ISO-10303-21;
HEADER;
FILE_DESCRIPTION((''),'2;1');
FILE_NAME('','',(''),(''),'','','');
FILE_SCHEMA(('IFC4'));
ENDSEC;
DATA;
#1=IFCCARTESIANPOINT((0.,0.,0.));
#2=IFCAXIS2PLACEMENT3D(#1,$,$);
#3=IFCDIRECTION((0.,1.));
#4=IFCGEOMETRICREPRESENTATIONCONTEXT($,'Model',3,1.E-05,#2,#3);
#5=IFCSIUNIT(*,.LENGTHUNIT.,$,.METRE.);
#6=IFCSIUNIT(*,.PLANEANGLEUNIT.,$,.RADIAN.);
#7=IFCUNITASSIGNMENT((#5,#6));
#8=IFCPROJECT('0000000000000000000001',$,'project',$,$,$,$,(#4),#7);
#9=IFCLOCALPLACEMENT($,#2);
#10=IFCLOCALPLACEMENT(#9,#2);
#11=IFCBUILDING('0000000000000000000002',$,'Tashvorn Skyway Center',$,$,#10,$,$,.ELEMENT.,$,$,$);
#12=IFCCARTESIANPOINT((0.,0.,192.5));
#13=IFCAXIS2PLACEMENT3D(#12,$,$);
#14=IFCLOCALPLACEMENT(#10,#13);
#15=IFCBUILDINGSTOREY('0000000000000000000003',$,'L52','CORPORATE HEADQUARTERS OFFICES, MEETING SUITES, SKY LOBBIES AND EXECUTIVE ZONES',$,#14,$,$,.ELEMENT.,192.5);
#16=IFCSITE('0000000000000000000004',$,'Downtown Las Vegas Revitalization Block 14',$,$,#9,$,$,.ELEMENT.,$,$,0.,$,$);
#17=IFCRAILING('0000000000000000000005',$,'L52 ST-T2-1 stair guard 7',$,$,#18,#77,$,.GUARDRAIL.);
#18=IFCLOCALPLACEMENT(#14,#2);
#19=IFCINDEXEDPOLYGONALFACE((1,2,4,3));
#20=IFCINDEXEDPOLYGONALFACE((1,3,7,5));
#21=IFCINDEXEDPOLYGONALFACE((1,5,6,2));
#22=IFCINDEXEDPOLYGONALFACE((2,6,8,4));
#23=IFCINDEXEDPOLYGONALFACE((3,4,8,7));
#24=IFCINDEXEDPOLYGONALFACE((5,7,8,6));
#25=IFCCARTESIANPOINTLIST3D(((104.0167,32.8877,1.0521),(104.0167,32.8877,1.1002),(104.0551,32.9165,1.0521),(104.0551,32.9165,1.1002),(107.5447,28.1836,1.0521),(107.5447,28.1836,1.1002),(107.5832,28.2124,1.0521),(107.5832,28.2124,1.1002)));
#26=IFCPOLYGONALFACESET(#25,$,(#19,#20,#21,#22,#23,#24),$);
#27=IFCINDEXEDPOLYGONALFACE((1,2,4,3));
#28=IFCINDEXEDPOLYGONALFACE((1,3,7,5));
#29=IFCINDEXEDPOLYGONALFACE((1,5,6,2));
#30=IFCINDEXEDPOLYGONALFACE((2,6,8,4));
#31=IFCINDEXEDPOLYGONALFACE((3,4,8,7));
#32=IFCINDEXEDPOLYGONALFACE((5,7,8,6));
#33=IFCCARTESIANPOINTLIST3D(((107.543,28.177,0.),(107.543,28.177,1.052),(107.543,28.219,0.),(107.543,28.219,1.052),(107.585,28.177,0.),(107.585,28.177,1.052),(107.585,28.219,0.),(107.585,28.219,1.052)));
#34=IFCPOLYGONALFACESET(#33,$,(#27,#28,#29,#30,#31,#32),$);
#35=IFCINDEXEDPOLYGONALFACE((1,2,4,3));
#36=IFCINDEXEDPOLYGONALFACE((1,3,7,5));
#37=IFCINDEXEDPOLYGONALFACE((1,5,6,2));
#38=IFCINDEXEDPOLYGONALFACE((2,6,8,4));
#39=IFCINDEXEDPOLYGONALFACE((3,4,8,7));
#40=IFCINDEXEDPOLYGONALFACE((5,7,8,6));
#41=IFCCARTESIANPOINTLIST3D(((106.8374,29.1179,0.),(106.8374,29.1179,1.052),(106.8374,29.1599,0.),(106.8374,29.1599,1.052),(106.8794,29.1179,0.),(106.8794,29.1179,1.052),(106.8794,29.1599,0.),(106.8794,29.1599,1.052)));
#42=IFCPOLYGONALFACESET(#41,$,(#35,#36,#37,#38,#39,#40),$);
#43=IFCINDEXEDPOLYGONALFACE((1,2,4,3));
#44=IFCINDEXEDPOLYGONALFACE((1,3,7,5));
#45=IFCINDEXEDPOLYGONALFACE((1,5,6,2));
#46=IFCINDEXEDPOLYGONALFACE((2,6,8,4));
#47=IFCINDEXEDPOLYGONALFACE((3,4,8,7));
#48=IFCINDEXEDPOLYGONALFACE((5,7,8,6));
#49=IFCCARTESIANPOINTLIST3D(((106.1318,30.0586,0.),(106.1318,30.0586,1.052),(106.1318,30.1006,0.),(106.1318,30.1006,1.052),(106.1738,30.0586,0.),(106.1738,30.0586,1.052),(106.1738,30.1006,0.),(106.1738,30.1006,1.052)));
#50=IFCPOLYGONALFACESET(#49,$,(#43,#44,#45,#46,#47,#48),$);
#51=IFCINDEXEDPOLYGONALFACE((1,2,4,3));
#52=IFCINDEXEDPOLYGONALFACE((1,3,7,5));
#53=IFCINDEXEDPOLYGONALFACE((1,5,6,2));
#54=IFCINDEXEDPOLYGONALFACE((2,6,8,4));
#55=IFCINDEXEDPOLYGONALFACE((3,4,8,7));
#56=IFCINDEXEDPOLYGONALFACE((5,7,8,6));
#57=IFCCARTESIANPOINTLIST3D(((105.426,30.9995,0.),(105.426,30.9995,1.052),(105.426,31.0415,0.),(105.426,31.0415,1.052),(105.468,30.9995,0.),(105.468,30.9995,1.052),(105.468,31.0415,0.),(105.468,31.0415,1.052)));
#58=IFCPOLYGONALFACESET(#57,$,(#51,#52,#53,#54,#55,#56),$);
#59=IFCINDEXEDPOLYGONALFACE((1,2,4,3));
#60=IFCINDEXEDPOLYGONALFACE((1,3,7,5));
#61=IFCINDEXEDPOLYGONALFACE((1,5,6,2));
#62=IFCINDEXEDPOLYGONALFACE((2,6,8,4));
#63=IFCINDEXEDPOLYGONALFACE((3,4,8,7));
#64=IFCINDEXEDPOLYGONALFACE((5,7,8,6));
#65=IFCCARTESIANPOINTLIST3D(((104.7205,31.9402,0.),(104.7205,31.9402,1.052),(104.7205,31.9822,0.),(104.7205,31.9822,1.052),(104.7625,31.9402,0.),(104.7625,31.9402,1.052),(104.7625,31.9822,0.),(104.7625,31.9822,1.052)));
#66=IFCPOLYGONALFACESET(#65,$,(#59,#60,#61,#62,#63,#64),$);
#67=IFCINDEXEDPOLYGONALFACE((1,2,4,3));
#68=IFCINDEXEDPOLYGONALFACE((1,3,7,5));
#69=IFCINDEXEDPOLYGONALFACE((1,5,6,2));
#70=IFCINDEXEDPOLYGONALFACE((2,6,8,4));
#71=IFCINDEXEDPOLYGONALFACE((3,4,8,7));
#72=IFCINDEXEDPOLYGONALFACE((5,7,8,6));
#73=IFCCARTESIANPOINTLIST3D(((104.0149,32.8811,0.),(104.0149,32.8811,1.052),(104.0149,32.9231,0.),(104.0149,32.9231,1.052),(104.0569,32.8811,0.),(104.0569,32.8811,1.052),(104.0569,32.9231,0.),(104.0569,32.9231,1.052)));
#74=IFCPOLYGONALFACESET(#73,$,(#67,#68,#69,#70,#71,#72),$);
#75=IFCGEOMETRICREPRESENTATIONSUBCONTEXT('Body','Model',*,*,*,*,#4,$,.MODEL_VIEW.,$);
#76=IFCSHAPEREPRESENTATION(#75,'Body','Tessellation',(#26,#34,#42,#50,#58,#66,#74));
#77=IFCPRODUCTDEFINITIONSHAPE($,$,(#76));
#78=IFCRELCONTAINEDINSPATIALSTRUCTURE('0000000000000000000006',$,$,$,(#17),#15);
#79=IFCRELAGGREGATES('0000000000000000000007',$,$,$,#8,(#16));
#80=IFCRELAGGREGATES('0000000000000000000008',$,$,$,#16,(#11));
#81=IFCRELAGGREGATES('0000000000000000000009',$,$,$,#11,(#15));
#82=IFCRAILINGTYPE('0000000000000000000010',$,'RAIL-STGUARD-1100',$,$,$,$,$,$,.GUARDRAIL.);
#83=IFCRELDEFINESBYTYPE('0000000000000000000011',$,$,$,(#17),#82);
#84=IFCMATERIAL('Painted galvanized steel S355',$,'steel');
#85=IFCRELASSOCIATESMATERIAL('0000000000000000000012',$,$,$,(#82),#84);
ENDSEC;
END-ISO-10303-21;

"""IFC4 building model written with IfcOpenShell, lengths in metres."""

from ifc_helpers import new_model, si_unit, direction, frame, origin, origin_2d, place, context, subcontext, project, spatial, rectangle, extrude, material, type_object, element, save


model = new_model("IFC4")

# Units and contexts
model_context = context("Model", 3, precision=1e-05, world=origin(), true_north=direction((0.0, 1.0)))
body_context = subcontext(model_context, "Body", "Model", "MODEL_VIEW")
ifc_project = project(units=[si_unit("LENGTHUNIT", "METRE"), si_unit("PLANEANGLEUNIT", "RADIAN")], contexts=[model_context])

# Site, building, storey
site_placement = place(None, origin())
site = spatial("IfcSite", under=ifc_project, at=site_placement, Name="Downtown Las Vegas Revitalization Block 14", CompositionType="ELEMENT", RefElevation=0.0)
building_placement = place(site_placement, origin())
building = spatial("IfcBuilding", under=site, at=building_placement, Name="Tashvorn Skyway Center", CompositionType="ELEMENT")
storey_placement = place(building_placement, frame((0.0, 0.0, 192.5)))
storey = spatial("IfcBuildingStorey", under=building, at=storey_placement, Name="L52", Description="CORPORATE HEADQUARTERS OFFICES, MEETING SUITES, SKY LOBBIES AND EXECUTIVE ZONES", CompositionType="ELEMENT", Elevation=192.5)

# Railing
ifc_material_1 = material(Name="Painted galvanized steel S355", Category="steel")
railing_type = type_object("IfcRailingType", Name="RAIL-STGUARD-1100", PredefinedType="GUARDRAIL", material=ifc_material_1)
railing_1_placement = place(storey_placement, frame((107.564, 28.198, 0.0)))
element("IfcRailing", 1, at=railing_1_placement, inside=storey, type_object=railing_type, Name="L52 ST-T2-1 stair guard 7", PredefinedType="GUARDRAIL", context=body_context, shape_type="SweptSolid", body=[
    extrude(rectangle(XDim=0.0481, YDim=0.0481, at=origin_2d()), frame((0.0, 0.0, 1.0762), z_axis=(-0.6, 0.8, 0.0), x_axis=(-0.8, -0.6, 0.0)), (0.0, 0.0, 1.0), 5.8801),
    extrude(rectangle(XDim=0.042, YDim=0.042, at=origin_2d()), origin(), (0.0, 0.0, 1.0), 1.052),
    extrude(rectangle(XDim=0.042, YDim=0.042, at=origin_2d()), frame((-0.7056, 0.9409, 0.0)), (0.0, 0.0, 1.0), 1.052),
    extrude(rectangle(XDim=0.042, YDim=0.042, at=origin_2d()), frame((-1.4111, 1.8816, 0.0)), (0.0, 0.0, 1.0), 1.052),
    extrude(rectangle(XDim=0.042, YDim=0.042, at=origin_2d()), frame((-2.1169, 2.8225, 0.0)), (0.0, 0.0, 1.0), 1.052),
    extrude(rectangle(XDim=0.042, YDim=0.042, at=origin_2d()), frame((-2.8225, 3.7632, 0.0)), (0.0, 0.0, 1.0), 1.052),
    extrude(rectangle(XDim=0.042, YDim=0.042, at=origin_2d()), frame((-3.5281, 4.7041, 0.0)), (0.0, 0.0, 1.0), 1.052),
])

save(model, "model.ifc")
